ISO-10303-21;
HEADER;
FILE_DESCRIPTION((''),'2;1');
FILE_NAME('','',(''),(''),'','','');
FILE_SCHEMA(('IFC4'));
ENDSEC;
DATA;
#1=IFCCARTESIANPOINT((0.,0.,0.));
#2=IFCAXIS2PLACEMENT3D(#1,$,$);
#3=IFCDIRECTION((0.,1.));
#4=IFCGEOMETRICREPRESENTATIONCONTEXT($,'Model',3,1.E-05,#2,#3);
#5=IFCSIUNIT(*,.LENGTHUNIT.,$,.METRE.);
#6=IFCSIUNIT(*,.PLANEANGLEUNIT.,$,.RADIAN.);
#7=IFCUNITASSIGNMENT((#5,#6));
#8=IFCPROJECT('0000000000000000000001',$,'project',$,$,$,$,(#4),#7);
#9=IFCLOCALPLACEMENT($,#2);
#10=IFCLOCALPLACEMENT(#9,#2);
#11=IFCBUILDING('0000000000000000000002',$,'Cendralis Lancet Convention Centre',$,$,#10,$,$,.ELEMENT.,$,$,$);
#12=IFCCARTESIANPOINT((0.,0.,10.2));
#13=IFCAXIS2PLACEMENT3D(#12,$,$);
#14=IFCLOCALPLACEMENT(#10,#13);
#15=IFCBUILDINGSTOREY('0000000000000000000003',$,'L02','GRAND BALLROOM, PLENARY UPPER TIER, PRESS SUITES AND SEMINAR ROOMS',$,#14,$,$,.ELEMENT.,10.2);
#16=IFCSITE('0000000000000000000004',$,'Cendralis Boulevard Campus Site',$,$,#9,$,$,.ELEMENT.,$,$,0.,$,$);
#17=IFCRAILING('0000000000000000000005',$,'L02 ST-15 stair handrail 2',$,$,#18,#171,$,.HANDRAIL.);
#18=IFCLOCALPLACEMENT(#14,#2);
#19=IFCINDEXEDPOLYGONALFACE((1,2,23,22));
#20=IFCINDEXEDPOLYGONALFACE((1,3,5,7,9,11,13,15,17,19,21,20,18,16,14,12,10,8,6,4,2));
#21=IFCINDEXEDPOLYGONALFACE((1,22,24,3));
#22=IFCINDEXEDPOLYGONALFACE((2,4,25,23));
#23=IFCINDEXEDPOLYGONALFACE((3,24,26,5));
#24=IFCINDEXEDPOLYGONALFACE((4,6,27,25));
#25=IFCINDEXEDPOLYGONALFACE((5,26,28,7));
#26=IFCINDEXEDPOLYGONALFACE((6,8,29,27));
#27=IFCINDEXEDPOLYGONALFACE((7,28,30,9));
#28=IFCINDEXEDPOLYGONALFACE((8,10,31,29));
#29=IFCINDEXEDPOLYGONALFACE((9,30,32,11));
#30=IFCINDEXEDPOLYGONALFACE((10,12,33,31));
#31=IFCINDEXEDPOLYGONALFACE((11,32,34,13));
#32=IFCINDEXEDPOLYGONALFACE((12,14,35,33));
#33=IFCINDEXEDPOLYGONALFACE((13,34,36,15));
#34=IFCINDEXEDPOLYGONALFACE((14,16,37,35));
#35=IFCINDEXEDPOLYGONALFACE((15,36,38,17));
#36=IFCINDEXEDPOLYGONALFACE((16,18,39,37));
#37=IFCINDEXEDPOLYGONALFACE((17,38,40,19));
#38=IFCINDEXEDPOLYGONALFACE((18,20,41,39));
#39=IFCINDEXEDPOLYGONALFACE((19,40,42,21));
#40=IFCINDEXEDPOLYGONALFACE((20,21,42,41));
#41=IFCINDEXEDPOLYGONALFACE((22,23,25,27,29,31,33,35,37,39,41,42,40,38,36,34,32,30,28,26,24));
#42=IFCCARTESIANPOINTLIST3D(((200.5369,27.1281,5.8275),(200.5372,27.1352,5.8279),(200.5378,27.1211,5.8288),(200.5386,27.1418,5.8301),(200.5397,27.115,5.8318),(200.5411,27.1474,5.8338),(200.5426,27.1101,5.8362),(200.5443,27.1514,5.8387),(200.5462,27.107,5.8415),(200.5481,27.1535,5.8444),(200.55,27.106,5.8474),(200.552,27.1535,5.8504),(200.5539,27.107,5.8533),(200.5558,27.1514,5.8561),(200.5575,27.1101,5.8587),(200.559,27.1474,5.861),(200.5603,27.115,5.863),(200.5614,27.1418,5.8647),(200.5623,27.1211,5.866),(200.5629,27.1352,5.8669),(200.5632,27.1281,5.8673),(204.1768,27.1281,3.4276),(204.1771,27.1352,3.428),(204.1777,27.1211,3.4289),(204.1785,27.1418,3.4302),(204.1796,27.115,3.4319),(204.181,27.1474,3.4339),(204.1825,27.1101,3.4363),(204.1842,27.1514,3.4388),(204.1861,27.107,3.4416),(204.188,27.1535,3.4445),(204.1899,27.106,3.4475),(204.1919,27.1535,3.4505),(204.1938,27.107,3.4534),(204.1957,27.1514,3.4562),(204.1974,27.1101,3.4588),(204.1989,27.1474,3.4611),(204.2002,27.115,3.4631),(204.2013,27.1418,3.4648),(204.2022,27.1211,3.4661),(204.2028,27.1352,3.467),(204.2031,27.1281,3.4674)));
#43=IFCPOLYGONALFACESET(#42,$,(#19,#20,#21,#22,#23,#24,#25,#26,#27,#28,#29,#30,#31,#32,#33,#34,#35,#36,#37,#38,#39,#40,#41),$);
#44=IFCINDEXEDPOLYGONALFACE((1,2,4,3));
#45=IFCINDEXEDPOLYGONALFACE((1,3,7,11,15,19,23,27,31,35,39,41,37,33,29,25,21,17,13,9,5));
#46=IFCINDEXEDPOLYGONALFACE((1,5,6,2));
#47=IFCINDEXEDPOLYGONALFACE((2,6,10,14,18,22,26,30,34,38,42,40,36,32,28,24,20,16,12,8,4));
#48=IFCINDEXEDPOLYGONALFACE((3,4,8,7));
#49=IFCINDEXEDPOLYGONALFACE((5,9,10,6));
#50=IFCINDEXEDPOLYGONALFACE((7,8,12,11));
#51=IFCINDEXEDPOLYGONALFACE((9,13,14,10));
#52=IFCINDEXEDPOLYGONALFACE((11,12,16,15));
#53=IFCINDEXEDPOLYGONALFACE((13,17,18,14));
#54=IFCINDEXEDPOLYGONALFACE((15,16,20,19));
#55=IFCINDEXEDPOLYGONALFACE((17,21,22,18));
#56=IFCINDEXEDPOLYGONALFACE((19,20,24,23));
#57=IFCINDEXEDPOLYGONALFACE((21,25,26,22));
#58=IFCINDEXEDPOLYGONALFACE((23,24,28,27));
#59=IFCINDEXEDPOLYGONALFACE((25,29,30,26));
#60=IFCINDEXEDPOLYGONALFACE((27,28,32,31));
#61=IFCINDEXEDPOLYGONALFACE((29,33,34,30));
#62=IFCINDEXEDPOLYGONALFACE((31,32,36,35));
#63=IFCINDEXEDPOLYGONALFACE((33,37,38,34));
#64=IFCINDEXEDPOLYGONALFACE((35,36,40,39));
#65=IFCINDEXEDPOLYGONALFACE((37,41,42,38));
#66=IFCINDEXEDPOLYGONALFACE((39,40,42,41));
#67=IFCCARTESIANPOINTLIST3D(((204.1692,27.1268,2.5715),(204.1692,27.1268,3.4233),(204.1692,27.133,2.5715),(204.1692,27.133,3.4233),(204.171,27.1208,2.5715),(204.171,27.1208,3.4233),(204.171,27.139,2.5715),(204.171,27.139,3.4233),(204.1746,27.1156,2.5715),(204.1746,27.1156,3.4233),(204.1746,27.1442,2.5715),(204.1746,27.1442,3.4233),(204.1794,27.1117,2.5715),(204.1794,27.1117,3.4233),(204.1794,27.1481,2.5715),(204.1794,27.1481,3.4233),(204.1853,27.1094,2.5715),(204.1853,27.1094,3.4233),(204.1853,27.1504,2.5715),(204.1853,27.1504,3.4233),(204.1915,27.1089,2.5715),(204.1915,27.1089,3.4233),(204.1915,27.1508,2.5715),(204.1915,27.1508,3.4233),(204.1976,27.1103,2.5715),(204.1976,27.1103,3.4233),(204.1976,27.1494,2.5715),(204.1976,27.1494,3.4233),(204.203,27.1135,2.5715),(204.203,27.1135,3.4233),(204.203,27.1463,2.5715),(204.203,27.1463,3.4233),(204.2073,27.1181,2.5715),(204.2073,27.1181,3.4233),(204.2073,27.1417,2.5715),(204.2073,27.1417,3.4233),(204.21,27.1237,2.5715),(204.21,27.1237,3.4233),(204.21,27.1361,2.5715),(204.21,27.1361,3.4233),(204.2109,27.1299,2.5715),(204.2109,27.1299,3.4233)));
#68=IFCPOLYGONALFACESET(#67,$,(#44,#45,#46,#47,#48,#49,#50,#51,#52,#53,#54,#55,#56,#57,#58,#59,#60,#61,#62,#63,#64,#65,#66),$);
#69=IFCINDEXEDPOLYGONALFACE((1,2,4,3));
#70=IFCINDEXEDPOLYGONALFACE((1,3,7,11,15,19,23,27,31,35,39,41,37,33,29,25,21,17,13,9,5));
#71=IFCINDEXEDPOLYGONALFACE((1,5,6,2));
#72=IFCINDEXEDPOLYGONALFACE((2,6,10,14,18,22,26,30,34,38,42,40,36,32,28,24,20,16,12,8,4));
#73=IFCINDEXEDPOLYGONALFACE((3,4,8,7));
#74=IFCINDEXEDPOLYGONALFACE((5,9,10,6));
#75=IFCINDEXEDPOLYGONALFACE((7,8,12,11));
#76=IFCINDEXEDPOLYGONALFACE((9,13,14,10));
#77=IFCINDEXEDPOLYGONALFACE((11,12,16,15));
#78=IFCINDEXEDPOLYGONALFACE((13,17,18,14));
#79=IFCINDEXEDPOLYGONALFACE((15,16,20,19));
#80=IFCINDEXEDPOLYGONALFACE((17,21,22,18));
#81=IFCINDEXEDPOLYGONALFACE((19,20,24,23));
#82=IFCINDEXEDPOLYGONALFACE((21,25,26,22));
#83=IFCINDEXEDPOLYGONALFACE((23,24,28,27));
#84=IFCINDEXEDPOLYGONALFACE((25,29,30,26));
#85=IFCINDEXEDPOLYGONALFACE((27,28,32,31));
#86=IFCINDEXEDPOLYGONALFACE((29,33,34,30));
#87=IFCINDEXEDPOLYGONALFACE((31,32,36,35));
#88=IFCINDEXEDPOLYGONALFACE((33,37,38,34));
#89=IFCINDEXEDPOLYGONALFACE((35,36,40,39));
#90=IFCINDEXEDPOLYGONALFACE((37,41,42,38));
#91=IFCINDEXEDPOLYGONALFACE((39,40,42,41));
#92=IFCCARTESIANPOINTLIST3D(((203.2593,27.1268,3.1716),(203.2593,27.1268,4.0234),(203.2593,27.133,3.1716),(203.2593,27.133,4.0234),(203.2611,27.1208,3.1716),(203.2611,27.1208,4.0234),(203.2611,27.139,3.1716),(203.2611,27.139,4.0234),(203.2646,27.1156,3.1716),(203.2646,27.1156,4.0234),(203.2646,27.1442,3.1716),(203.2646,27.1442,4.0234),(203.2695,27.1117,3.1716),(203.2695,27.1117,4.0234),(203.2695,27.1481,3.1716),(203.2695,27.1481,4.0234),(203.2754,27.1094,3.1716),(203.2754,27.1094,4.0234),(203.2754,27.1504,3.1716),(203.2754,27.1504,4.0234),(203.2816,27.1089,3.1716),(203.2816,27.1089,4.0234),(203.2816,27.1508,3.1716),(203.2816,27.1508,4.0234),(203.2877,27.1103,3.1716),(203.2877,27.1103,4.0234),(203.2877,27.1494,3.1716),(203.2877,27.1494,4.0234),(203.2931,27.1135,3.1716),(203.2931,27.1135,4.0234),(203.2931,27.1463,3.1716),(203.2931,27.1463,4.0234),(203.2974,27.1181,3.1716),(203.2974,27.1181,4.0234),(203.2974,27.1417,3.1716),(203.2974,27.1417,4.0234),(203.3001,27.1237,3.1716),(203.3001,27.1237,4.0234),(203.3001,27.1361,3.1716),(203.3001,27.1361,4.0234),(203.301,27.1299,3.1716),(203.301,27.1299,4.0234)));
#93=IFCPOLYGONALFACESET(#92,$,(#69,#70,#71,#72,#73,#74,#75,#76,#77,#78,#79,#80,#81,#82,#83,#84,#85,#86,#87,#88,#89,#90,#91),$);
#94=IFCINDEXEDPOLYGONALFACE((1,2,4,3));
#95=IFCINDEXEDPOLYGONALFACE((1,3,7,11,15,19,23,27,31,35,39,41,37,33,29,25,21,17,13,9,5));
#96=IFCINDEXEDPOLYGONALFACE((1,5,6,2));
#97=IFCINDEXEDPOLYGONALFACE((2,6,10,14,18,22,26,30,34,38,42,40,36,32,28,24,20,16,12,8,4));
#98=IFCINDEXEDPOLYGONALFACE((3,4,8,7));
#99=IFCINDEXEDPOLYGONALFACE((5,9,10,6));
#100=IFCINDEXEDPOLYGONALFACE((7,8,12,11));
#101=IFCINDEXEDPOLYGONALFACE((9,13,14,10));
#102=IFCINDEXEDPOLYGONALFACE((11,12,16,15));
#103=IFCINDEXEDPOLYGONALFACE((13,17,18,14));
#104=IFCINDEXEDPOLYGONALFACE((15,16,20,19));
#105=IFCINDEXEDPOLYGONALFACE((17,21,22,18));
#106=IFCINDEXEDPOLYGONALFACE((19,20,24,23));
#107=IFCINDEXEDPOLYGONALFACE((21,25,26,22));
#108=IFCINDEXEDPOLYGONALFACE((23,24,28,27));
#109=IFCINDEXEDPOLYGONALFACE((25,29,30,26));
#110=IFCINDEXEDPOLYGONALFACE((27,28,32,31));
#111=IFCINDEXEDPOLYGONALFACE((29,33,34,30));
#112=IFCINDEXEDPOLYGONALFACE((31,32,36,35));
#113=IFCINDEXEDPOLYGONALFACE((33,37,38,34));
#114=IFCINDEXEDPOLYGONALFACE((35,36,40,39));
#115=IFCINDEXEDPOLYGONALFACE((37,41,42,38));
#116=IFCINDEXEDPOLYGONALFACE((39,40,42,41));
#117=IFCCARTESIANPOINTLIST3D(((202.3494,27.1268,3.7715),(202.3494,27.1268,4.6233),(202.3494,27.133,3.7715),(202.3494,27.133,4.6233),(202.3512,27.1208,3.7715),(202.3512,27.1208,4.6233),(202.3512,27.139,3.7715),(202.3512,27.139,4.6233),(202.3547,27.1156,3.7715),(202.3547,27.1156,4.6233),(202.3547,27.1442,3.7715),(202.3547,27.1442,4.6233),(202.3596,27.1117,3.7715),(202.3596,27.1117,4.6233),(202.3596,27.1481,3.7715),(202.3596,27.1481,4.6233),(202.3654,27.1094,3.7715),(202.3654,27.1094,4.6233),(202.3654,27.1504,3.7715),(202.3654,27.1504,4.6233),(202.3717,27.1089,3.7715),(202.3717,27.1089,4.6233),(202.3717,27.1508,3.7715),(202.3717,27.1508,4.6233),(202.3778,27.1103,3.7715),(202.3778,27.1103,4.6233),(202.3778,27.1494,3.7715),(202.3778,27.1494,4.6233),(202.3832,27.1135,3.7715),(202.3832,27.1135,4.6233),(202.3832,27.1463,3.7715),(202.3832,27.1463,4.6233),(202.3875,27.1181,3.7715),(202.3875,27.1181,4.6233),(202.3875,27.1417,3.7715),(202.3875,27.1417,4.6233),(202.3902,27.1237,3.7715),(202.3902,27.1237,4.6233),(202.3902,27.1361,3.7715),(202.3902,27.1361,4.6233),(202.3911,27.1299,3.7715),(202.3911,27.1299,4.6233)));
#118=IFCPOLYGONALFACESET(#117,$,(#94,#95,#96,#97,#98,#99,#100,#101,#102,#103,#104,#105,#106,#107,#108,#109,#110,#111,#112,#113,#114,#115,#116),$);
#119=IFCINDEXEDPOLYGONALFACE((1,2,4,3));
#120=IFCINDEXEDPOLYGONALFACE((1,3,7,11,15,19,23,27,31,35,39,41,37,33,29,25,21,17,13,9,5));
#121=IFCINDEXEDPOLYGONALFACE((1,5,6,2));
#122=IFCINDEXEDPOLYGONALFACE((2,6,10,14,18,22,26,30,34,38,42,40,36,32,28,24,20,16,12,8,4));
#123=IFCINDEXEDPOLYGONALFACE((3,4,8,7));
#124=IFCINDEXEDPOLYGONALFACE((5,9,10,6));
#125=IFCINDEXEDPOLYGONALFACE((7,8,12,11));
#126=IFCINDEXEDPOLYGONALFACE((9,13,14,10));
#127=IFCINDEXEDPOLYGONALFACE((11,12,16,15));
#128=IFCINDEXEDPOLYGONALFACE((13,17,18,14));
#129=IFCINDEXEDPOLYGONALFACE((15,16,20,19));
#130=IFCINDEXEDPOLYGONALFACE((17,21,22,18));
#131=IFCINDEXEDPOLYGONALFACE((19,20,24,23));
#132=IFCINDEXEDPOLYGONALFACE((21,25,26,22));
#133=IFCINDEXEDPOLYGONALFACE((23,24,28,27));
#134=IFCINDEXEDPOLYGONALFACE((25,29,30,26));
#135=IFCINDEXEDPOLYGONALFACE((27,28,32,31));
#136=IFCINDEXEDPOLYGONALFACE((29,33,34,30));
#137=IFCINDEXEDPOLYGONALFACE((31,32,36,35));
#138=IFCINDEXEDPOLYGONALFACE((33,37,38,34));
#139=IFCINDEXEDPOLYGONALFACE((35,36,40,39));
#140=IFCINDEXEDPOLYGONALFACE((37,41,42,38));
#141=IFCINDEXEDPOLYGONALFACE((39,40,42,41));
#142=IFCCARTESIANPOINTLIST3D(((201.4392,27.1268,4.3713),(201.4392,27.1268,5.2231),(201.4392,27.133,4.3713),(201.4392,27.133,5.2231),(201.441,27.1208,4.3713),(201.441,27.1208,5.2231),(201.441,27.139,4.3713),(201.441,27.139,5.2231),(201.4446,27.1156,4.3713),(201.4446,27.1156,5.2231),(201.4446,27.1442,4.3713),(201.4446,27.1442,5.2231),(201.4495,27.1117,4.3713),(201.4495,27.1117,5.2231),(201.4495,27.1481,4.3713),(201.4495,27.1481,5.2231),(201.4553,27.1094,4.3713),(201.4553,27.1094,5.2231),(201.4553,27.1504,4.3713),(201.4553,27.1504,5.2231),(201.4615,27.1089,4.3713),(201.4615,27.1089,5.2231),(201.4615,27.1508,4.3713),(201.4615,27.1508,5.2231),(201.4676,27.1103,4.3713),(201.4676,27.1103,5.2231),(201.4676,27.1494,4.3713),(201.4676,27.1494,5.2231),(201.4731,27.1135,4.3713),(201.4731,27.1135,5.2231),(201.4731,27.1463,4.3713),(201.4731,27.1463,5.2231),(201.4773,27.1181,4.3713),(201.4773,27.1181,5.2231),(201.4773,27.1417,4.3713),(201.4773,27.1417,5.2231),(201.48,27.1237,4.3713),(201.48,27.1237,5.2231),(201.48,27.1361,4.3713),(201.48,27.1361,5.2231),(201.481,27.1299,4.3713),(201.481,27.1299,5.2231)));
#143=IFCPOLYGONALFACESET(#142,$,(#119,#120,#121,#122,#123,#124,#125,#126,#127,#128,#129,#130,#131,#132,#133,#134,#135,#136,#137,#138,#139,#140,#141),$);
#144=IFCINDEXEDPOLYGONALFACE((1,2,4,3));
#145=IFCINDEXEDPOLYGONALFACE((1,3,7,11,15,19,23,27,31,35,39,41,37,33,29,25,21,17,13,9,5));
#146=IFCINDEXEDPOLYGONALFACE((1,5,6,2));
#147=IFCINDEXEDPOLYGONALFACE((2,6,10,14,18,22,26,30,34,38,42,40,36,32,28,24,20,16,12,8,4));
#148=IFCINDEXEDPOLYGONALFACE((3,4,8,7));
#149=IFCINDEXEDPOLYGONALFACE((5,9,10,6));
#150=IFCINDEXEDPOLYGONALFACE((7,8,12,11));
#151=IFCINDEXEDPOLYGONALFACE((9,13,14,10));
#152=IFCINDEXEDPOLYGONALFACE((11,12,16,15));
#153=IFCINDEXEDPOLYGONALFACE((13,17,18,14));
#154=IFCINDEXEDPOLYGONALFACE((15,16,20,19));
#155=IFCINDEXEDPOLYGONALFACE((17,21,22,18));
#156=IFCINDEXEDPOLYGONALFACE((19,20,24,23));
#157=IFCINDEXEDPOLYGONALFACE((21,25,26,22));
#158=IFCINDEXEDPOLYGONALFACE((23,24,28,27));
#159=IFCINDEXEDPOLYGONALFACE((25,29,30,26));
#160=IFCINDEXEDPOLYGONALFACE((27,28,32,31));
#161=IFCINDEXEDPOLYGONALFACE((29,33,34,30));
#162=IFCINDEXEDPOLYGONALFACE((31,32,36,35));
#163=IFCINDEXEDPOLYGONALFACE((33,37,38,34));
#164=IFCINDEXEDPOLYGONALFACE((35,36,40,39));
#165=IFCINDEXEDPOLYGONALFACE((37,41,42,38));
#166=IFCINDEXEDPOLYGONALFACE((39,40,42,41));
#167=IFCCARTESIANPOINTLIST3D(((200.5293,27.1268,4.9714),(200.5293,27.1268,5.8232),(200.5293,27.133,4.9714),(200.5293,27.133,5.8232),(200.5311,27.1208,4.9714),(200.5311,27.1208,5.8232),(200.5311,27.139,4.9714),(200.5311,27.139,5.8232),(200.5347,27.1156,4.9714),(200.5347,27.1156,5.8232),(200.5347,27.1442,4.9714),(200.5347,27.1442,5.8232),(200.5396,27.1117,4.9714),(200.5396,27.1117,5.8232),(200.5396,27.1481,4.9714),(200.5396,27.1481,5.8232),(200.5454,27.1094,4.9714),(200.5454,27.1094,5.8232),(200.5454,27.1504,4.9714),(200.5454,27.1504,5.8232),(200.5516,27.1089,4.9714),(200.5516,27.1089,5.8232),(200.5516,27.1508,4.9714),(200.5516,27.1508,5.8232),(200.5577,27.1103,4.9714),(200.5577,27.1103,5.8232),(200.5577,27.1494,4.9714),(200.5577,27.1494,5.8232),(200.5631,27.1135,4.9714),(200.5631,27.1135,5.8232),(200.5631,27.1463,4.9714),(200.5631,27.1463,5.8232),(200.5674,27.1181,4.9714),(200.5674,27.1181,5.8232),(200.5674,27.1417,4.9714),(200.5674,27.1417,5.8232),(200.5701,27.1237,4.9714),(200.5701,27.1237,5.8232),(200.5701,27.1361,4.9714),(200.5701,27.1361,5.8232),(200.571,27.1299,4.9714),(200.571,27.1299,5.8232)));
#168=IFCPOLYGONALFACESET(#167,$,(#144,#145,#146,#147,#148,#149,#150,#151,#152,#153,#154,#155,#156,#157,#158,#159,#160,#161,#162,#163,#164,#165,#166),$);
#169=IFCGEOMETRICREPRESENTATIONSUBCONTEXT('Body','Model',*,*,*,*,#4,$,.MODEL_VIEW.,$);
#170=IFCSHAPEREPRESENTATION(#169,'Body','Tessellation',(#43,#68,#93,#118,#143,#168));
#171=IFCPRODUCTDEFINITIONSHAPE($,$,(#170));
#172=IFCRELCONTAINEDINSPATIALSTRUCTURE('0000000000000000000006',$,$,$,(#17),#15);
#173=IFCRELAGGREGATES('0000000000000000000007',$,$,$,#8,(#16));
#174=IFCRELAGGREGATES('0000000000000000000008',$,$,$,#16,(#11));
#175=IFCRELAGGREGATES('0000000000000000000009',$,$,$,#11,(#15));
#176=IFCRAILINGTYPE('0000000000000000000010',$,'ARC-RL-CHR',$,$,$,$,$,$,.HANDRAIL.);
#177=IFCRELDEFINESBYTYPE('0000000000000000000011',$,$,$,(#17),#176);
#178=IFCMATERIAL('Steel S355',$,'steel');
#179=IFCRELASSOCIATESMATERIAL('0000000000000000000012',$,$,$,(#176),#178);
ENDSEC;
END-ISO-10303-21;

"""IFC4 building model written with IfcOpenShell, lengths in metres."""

from ifc_helpers import new_model, si_unit, direction, frame, origin, origin_2d, place, context, subcontext, project, spatial, circle, extrude, material, type_object, element, save


model = new_model("IFC4")

# Units and contexts
model_context = context("Model", 3, precision=1e-05, world=origin(), true_north=direction((0.0, 1.0)))
body_context = subcontext(model_context, "Body", "Model", "MODEL_VIEW")
ifc_project = project(units=[si_unit("LENGTHUNIT", "METRE"), si_unit("PLANEANGLEUNIT", "RADIAN")], contexts=[model_context])

# Site, building, storey
site_placement = place(None, origin())
site = spatial("IfcSite", under=ifc_project, at=site_placement, Name="Cendralis Boulevard Campus Site", CompositionType="ELEMENT", RefElevation=0.0)
building_placement = place(site_placement, origin())
building = spatial("IfcBuilding", under=site, at=building_placement, Name="Cendralis Lancet Convention Centre", CompositionType="ELEMENT")
storey_placement = place(building_placement, frame((0.0, 0.0, 10.2)))
storey = spatial("IfcBuildingStorey", under=building, at=storey_placement, Name="L02", Description="GRAND BALLROOM, PLENARY UPPER TIER, PRESS SUITES AND SEMINAR ROOMS", CompositionType="ELEMENT", Elevation=10.2)

# Shared definitions
ifc_material_1 = material(Name="Steel S355", Category="steel")

# Railing
railing_type_1 = type_object("IfcRailingType", Name="ARC-RL-CHR", PredefinedType="HANDRAIL", material=ifc_material_1)
railing_1_placement = place(storey_placement, frame((204.1899, 27.1299, 2.5715)))
element("IfcRailing", 1, at=railing_1_placement, inside=storey, type_object=railing_type_1, Name="L02 ST-15 stair handrail 2", PredefinedType="HANDRAIL", context=body_context, shape_type="SweptSolid", body=[
    extrude(circle(Radius=0.0239, at=origin_2d()), frame((0.0, 0.0, 0.876), z_axis=(-0.834865, 0.0, 0.550454), x_axis=(0.0, -1.0, 0.0)), (0.0, 0.0, 1.0), 4.3599),
    extrude(circle(Radius=0.021, at=origin_2d()), origin(), (0.0, 0.0, 1.0), 0.8518),
    extrude(circle(Radius=0.021, at=origin_2d()), frame((-0.9099, 0.0, 0.6001)), (0.0, 0.0, 1.0), 0.8518),
    extrude(circle(Radius=0.021, at=origin_2d()), frame((-1.8198, 0.0, 1.2)), (0.0, 0.0, 1.0), 0.8518),
    extrude(circle(Radius=0.021, at=origin_2d()), frame((-2.73, 0.0, 1.7998)), (0.0, 0.0, 1.0), 0.8518),
    extrude(circle(Radius=0.021, at=origin_2d()), frame((-3.6399, 0.0, 2.3999)), (0.0, 0.0, 1.0), 0.8518),
])

save(model, "model.ifc")
